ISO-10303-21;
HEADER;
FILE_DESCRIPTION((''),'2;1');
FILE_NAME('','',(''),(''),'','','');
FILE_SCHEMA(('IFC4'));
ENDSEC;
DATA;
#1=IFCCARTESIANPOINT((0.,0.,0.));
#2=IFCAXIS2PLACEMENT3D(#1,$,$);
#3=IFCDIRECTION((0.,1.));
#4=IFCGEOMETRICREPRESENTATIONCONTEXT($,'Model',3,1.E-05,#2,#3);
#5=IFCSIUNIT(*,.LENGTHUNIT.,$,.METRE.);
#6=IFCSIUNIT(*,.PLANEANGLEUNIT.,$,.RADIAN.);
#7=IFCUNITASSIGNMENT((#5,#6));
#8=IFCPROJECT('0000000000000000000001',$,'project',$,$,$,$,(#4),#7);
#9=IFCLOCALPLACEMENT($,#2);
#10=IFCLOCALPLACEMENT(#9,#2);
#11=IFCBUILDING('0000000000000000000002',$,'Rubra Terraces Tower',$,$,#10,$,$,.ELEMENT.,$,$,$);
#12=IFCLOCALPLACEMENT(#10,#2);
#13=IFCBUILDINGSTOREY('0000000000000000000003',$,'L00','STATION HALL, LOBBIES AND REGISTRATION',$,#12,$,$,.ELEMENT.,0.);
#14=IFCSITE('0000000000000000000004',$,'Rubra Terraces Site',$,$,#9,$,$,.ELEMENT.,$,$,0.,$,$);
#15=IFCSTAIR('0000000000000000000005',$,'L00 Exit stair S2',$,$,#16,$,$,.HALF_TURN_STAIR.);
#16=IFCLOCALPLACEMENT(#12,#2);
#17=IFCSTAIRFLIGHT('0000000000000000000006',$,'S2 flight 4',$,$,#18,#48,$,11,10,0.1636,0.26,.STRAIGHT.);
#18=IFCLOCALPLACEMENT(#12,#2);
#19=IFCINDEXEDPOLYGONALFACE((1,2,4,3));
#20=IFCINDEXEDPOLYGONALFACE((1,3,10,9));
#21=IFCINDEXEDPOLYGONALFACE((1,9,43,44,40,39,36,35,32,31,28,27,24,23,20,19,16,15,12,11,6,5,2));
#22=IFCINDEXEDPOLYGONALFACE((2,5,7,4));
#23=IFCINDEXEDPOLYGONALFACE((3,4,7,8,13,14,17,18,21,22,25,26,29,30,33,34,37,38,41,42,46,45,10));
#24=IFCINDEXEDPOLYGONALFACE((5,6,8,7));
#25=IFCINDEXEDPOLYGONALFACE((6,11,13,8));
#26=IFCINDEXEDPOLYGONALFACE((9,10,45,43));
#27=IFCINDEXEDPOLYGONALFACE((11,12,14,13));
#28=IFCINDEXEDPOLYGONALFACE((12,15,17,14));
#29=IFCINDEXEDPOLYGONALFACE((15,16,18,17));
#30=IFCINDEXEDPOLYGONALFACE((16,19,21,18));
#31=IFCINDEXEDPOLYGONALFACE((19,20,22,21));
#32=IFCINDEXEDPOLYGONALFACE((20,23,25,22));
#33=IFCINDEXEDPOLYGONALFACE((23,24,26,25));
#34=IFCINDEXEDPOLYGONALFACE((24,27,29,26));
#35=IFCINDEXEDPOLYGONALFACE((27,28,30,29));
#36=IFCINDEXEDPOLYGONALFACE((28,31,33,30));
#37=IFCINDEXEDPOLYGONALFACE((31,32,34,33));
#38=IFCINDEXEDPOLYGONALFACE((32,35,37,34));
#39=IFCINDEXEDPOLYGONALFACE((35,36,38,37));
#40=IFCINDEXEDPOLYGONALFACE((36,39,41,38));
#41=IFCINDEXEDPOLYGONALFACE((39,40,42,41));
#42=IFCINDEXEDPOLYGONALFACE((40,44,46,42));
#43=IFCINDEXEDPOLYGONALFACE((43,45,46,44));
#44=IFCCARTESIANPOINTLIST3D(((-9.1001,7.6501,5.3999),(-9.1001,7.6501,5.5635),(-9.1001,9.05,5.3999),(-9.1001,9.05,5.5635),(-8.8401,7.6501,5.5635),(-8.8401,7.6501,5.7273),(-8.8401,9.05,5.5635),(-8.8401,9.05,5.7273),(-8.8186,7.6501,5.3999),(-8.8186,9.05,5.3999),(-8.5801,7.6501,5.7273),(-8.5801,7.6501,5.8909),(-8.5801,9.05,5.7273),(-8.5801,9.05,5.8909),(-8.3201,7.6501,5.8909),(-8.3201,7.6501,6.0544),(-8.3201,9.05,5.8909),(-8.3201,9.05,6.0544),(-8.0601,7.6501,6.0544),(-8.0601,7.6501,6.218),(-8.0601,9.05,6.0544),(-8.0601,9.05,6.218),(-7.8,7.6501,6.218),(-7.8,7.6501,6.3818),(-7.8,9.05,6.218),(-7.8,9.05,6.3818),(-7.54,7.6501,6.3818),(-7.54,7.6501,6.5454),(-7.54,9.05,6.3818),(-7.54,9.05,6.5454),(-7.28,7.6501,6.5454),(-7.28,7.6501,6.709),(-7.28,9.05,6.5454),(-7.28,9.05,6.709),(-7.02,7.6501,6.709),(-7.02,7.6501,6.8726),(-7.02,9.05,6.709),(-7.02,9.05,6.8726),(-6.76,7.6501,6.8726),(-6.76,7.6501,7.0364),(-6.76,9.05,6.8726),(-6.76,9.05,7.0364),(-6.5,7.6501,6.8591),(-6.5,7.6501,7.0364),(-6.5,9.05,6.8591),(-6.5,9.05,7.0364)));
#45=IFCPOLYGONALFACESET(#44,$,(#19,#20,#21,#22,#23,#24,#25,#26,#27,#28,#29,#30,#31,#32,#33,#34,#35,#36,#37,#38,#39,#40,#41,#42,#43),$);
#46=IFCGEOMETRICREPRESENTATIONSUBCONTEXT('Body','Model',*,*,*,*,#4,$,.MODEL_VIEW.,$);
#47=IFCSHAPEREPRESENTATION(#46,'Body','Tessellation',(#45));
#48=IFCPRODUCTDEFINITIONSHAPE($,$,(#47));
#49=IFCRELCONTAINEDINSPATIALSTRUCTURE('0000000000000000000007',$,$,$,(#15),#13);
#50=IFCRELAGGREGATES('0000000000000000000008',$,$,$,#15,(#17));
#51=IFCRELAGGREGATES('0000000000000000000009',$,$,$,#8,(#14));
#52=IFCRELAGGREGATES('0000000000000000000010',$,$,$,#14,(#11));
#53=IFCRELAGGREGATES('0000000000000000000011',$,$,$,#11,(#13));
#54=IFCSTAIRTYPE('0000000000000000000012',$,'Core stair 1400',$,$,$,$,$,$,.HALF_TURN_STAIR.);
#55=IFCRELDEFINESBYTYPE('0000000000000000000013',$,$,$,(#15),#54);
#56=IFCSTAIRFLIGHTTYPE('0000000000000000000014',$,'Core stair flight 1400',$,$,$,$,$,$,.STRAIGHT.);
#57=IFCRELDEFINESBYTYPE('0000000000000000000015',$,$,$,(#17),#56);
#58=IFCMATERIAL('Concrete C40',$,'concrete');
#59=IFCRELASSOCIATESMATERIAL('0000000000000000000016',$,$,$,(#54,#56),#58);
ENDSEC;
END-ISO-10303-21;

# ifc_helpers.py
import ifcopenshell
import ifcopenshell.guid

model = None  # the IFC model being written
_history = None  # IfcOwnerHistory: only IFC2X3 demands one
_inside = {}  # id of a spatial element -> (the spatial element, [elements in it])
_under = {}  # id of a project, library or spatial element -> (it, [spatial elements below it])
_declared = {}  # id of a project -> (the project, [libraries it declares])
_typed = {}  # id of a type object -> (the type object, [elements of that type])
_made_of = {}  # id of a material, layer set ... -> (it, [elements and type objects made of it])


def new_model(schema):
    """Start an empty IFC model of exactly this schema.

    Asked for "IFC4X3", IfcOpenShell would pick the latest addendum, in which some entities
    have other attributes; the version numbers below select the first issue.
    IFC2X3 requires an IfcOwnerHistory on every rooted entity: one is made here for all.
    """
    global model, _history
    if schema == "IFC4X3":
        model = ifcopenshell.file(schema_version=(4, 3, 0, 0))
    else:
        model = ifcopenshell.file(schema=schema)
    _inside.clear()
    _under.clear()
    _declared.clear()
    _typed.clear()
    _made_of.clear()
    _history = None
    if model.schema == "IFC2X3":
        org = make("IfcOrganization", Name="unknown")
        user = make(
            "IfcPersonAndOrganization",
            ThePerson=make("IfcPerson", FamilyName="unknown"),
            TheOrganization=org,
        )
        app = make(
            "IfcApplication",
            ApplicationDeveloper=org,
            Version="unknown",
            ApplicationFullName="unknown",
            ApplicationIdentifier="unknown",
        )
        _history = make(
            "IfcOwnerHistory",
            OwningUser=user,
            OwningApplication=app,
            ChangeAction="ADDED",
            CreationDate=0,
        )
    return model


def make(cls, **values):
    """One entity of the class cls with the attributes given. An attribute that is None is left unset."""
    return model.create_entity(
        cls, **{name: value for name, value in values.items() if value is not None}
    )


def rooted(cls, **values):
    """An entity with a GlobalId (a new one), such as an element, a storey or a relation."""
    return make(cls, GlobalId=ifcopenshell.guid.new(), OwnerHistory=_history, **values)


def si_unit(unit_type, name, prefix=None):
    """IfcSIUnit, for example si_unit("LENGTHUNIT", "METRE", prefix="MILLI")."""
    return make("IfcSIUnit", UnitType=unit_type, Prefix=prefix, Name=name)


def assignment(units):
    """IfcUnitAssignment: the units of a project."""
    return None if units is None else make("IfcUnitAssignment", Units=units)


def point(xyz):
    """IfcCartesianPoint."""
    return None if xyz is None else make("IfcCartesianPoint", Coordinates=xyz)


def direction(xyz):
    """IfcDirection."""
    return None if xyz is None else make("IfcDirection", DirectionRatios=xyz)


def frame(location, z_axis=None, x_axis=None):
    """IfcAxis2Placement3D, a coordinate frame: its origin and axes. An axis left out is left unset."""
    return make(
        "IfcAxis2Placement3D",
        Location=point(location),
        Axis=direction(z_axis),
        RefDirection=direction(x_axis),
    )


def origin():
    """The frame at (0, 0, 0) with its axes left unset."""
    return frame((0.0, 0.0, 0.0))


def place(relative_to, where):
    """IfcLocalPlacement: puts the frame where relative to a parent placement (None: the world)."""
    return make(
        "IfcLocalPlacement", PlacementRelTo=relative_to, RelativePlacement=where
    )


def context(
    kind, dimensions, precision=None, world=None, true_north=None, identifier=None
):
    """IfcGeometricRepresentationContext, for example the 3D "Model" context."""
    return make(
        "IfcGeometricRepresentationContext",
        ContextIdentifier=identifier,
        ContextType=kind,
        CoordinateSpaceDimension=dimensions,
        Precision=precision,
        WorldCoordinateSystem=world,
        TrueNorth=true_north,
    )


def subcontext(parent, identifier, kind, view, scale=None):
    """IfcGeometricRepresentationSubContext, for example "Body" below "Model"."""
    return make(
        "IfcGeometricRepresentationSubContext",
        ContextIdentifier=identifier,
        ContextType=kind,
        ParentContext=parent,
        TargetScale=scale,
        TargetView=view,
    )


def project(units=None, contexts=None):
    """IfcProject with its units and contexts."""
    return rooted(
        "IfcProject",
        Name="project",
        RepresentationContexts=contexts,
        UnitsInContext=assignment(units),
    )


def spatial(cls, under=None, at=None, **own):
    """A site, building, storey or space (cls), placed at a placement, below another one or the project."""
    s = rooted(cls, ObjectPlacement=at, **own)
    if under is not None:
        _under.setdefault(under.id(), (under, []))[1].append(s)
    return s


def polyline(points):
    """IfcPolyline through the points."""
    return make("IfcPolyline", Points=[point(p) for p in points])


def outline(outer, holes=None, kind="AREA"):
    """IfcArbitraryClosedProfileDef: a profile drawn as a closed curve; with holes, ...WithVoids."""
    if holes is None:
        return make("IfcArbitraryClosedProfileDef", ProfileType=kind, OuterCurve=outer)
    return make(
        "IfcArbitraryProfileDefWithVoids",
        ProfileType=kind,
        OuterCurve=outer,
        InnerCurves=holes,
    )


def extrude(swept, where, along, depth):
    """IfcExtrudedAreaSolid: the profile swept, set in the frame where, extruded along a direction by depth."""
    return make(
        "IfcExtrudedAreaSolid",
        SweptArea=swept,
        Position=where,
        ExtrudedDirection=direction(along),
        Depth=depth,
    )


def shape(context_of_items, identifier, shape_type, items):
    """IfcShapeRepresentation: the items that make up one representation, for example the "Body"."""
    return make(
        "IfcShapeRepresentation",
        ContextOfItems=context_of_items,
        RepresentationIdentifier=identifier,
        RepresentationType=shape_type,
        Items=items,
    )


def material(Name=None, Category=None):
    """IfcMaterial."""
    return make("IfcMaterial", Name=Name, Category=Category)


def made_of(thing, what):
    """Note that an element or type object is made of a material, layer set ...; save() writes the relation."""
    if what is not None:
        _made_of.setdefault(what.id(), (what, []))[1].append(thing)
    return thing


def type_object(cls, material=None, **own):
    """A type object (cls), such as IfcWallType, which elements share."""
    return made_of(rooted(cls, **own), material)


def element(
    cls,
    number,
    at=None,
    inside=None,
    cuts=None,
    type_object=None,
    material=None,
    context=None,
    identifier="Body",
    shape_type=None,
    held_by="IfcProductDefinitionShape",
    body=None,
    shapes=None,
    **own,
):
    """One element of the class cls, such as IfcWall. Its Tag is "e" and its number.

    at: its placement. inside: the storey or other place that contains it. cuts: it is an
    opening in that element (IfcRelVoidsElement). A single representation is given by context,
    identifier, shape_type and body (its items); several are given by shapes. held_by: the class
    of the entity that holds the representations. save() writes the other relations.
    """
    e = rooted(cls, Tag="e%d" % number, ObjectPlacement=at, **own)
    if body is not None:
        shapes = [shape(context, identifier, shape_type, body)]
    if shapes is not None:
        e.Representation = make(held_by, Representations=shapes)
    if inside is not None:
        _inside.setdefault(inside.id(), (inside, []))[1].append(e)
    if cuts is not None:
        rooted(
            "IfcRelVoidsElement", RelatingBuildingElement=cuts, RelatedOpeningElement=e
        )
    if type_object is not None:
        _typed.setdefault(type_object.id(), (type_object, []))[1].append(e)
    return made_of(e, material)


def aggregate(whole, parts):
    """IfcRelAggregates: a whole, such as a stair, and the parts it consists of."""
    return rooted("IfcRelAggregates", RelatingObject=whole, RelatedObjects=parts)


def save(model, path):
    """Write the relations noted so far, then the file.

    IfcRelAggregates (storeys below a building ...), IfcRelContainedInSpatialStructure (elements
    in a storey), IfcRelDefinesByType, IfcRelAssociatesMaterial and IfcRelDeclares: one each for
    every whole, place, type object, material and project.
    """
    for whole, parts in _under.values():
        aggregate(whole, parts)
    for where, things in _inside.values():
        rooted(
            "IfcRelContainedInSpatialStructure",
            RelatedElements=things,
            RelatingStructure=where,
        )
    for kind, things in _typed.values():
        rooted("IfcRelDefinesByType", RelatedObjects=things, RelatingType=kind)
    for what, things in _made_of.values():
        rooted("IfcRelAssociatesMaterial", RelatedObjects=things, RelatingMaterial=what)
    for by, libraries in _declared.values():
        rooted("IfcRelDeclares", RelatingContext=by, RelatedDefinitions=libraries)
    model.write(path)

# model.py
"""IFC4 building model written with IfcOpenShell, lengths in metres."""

from ifc_helpers import new_model, si_unit, direction, frame, origin, place, context, subcontext, project, spatial, polyline, outline, extrude, material, type_object, element, aggregate, save


model = new_model("IFC4")

# Units and contexts
model_context = context("Model", 3, precision=1e-05, world=origin(), true_north=direction((0.0, 1.0)))
body_context = subcontext(model_context, "Body", "Model", "MODEL_VIEW")
ifc_project = project(units=[si_unit("LENGTHUNIT", "METRE"), si_unit("PLANEANGLEUNIT", "RADIAN")], contexts=[model_context])

# Site, building, storey
site_placement = place(None, origin())
site = spatial("IfcSite", under=ifc_project, at=site_placement, Name="Rubra Terraces Site", CompositionType="ELEMENT", RefElevation=0.0)
building_placement = place(site_placement, origin())
building = spatial("IfcBuilding", under=site, at=building_placement, Name="Rubra Terraces Tower", CompositionType="ELEMENT")
storey_placement = place(building_placement, origin())
storey = spatial("IfcBuildingStorey", under=building, at=storey_placement, Name="L00", Description="STATION HALL, LOBBIES AND REGISTRATION", CompositionType="ELEMENT", Elevation=0.0)

# Shared definitions
ifc_material_1 = material(Name="Concrete C40", Category="concrete")

# Stair, stair flight
stair_type = type_object("IfcStairType", Name="Core stair 1400", PredefinedType="HALF_TURN_STAIR", material=ifc_material_1)
stair_flight_type = type_object("IfcStairFlightType", Name="Core stair flight 1400", PredefinedType="STRAIGHT", material=ifc_material_1)
stair_1_placement = place(storey_placement, origin())
stair_1 = element("IfcStair", 1, at=stair_1_placement, inside=storey, type_object=stair_type, Name="L00 Exit stair S2", PredefinedType="HALF_TURN_STAIR")
stair_flight_1_placement = place(storey_placement, frame((-9.1001, 8.3501, 5.3999), z_axis=(0.0, 0.0, 1.0), x_axis=(1.0, 0.0, 0.0)))
stair_flight_1 = element("IfcStairFlight", 2, at=stair_flight_1_placement, type_object=stair_flight_type, Name="S2 flight 4", NumberOfRisers=11, NumberOfTreads=10, PredefinedType="STRAIGHT", RiserHeight=0.1636, TreadLength=0.26, context=body_context, shape_type="SweptSolid", body=[
    extrude(outline(polyline([(0.0, 0.0), (0.0, 0.1636), (0.26, 0.1636), (0.26, 0.3274), (0.52, 0.3274), (0.52, 0.491), (0.78, 0.491), (0.78, 0.6545), (1.04, 0.6545), (1.04, 0.8181), (1.3, 0.8181), (1.3, 0.9819), (1.5601, 0.9819), (1.5601, 1.1455), (1.8201, 1.1455), (1.8201, 1.3091), (2.0801, 1.3091), (2.0801, 1.4727), (2.3401, 1.4727), (2.3401, 1.6365), (2.6001, 1.6365), (2.6001, 1.8), (2.6001, 1.4592), (0.2815, 0.0), (0.0, 0.0)])), frame((0.0, 0.7, 0.0), z_axis=(0.0, -1.0, 0.0), x_axis=(1.0, 0.0, 0.0)), (0.0, 0.0, 1.0), 1.3999),
])
aggregate(stair_1, [stair_flight_1])

save(model, "model.ifc")
